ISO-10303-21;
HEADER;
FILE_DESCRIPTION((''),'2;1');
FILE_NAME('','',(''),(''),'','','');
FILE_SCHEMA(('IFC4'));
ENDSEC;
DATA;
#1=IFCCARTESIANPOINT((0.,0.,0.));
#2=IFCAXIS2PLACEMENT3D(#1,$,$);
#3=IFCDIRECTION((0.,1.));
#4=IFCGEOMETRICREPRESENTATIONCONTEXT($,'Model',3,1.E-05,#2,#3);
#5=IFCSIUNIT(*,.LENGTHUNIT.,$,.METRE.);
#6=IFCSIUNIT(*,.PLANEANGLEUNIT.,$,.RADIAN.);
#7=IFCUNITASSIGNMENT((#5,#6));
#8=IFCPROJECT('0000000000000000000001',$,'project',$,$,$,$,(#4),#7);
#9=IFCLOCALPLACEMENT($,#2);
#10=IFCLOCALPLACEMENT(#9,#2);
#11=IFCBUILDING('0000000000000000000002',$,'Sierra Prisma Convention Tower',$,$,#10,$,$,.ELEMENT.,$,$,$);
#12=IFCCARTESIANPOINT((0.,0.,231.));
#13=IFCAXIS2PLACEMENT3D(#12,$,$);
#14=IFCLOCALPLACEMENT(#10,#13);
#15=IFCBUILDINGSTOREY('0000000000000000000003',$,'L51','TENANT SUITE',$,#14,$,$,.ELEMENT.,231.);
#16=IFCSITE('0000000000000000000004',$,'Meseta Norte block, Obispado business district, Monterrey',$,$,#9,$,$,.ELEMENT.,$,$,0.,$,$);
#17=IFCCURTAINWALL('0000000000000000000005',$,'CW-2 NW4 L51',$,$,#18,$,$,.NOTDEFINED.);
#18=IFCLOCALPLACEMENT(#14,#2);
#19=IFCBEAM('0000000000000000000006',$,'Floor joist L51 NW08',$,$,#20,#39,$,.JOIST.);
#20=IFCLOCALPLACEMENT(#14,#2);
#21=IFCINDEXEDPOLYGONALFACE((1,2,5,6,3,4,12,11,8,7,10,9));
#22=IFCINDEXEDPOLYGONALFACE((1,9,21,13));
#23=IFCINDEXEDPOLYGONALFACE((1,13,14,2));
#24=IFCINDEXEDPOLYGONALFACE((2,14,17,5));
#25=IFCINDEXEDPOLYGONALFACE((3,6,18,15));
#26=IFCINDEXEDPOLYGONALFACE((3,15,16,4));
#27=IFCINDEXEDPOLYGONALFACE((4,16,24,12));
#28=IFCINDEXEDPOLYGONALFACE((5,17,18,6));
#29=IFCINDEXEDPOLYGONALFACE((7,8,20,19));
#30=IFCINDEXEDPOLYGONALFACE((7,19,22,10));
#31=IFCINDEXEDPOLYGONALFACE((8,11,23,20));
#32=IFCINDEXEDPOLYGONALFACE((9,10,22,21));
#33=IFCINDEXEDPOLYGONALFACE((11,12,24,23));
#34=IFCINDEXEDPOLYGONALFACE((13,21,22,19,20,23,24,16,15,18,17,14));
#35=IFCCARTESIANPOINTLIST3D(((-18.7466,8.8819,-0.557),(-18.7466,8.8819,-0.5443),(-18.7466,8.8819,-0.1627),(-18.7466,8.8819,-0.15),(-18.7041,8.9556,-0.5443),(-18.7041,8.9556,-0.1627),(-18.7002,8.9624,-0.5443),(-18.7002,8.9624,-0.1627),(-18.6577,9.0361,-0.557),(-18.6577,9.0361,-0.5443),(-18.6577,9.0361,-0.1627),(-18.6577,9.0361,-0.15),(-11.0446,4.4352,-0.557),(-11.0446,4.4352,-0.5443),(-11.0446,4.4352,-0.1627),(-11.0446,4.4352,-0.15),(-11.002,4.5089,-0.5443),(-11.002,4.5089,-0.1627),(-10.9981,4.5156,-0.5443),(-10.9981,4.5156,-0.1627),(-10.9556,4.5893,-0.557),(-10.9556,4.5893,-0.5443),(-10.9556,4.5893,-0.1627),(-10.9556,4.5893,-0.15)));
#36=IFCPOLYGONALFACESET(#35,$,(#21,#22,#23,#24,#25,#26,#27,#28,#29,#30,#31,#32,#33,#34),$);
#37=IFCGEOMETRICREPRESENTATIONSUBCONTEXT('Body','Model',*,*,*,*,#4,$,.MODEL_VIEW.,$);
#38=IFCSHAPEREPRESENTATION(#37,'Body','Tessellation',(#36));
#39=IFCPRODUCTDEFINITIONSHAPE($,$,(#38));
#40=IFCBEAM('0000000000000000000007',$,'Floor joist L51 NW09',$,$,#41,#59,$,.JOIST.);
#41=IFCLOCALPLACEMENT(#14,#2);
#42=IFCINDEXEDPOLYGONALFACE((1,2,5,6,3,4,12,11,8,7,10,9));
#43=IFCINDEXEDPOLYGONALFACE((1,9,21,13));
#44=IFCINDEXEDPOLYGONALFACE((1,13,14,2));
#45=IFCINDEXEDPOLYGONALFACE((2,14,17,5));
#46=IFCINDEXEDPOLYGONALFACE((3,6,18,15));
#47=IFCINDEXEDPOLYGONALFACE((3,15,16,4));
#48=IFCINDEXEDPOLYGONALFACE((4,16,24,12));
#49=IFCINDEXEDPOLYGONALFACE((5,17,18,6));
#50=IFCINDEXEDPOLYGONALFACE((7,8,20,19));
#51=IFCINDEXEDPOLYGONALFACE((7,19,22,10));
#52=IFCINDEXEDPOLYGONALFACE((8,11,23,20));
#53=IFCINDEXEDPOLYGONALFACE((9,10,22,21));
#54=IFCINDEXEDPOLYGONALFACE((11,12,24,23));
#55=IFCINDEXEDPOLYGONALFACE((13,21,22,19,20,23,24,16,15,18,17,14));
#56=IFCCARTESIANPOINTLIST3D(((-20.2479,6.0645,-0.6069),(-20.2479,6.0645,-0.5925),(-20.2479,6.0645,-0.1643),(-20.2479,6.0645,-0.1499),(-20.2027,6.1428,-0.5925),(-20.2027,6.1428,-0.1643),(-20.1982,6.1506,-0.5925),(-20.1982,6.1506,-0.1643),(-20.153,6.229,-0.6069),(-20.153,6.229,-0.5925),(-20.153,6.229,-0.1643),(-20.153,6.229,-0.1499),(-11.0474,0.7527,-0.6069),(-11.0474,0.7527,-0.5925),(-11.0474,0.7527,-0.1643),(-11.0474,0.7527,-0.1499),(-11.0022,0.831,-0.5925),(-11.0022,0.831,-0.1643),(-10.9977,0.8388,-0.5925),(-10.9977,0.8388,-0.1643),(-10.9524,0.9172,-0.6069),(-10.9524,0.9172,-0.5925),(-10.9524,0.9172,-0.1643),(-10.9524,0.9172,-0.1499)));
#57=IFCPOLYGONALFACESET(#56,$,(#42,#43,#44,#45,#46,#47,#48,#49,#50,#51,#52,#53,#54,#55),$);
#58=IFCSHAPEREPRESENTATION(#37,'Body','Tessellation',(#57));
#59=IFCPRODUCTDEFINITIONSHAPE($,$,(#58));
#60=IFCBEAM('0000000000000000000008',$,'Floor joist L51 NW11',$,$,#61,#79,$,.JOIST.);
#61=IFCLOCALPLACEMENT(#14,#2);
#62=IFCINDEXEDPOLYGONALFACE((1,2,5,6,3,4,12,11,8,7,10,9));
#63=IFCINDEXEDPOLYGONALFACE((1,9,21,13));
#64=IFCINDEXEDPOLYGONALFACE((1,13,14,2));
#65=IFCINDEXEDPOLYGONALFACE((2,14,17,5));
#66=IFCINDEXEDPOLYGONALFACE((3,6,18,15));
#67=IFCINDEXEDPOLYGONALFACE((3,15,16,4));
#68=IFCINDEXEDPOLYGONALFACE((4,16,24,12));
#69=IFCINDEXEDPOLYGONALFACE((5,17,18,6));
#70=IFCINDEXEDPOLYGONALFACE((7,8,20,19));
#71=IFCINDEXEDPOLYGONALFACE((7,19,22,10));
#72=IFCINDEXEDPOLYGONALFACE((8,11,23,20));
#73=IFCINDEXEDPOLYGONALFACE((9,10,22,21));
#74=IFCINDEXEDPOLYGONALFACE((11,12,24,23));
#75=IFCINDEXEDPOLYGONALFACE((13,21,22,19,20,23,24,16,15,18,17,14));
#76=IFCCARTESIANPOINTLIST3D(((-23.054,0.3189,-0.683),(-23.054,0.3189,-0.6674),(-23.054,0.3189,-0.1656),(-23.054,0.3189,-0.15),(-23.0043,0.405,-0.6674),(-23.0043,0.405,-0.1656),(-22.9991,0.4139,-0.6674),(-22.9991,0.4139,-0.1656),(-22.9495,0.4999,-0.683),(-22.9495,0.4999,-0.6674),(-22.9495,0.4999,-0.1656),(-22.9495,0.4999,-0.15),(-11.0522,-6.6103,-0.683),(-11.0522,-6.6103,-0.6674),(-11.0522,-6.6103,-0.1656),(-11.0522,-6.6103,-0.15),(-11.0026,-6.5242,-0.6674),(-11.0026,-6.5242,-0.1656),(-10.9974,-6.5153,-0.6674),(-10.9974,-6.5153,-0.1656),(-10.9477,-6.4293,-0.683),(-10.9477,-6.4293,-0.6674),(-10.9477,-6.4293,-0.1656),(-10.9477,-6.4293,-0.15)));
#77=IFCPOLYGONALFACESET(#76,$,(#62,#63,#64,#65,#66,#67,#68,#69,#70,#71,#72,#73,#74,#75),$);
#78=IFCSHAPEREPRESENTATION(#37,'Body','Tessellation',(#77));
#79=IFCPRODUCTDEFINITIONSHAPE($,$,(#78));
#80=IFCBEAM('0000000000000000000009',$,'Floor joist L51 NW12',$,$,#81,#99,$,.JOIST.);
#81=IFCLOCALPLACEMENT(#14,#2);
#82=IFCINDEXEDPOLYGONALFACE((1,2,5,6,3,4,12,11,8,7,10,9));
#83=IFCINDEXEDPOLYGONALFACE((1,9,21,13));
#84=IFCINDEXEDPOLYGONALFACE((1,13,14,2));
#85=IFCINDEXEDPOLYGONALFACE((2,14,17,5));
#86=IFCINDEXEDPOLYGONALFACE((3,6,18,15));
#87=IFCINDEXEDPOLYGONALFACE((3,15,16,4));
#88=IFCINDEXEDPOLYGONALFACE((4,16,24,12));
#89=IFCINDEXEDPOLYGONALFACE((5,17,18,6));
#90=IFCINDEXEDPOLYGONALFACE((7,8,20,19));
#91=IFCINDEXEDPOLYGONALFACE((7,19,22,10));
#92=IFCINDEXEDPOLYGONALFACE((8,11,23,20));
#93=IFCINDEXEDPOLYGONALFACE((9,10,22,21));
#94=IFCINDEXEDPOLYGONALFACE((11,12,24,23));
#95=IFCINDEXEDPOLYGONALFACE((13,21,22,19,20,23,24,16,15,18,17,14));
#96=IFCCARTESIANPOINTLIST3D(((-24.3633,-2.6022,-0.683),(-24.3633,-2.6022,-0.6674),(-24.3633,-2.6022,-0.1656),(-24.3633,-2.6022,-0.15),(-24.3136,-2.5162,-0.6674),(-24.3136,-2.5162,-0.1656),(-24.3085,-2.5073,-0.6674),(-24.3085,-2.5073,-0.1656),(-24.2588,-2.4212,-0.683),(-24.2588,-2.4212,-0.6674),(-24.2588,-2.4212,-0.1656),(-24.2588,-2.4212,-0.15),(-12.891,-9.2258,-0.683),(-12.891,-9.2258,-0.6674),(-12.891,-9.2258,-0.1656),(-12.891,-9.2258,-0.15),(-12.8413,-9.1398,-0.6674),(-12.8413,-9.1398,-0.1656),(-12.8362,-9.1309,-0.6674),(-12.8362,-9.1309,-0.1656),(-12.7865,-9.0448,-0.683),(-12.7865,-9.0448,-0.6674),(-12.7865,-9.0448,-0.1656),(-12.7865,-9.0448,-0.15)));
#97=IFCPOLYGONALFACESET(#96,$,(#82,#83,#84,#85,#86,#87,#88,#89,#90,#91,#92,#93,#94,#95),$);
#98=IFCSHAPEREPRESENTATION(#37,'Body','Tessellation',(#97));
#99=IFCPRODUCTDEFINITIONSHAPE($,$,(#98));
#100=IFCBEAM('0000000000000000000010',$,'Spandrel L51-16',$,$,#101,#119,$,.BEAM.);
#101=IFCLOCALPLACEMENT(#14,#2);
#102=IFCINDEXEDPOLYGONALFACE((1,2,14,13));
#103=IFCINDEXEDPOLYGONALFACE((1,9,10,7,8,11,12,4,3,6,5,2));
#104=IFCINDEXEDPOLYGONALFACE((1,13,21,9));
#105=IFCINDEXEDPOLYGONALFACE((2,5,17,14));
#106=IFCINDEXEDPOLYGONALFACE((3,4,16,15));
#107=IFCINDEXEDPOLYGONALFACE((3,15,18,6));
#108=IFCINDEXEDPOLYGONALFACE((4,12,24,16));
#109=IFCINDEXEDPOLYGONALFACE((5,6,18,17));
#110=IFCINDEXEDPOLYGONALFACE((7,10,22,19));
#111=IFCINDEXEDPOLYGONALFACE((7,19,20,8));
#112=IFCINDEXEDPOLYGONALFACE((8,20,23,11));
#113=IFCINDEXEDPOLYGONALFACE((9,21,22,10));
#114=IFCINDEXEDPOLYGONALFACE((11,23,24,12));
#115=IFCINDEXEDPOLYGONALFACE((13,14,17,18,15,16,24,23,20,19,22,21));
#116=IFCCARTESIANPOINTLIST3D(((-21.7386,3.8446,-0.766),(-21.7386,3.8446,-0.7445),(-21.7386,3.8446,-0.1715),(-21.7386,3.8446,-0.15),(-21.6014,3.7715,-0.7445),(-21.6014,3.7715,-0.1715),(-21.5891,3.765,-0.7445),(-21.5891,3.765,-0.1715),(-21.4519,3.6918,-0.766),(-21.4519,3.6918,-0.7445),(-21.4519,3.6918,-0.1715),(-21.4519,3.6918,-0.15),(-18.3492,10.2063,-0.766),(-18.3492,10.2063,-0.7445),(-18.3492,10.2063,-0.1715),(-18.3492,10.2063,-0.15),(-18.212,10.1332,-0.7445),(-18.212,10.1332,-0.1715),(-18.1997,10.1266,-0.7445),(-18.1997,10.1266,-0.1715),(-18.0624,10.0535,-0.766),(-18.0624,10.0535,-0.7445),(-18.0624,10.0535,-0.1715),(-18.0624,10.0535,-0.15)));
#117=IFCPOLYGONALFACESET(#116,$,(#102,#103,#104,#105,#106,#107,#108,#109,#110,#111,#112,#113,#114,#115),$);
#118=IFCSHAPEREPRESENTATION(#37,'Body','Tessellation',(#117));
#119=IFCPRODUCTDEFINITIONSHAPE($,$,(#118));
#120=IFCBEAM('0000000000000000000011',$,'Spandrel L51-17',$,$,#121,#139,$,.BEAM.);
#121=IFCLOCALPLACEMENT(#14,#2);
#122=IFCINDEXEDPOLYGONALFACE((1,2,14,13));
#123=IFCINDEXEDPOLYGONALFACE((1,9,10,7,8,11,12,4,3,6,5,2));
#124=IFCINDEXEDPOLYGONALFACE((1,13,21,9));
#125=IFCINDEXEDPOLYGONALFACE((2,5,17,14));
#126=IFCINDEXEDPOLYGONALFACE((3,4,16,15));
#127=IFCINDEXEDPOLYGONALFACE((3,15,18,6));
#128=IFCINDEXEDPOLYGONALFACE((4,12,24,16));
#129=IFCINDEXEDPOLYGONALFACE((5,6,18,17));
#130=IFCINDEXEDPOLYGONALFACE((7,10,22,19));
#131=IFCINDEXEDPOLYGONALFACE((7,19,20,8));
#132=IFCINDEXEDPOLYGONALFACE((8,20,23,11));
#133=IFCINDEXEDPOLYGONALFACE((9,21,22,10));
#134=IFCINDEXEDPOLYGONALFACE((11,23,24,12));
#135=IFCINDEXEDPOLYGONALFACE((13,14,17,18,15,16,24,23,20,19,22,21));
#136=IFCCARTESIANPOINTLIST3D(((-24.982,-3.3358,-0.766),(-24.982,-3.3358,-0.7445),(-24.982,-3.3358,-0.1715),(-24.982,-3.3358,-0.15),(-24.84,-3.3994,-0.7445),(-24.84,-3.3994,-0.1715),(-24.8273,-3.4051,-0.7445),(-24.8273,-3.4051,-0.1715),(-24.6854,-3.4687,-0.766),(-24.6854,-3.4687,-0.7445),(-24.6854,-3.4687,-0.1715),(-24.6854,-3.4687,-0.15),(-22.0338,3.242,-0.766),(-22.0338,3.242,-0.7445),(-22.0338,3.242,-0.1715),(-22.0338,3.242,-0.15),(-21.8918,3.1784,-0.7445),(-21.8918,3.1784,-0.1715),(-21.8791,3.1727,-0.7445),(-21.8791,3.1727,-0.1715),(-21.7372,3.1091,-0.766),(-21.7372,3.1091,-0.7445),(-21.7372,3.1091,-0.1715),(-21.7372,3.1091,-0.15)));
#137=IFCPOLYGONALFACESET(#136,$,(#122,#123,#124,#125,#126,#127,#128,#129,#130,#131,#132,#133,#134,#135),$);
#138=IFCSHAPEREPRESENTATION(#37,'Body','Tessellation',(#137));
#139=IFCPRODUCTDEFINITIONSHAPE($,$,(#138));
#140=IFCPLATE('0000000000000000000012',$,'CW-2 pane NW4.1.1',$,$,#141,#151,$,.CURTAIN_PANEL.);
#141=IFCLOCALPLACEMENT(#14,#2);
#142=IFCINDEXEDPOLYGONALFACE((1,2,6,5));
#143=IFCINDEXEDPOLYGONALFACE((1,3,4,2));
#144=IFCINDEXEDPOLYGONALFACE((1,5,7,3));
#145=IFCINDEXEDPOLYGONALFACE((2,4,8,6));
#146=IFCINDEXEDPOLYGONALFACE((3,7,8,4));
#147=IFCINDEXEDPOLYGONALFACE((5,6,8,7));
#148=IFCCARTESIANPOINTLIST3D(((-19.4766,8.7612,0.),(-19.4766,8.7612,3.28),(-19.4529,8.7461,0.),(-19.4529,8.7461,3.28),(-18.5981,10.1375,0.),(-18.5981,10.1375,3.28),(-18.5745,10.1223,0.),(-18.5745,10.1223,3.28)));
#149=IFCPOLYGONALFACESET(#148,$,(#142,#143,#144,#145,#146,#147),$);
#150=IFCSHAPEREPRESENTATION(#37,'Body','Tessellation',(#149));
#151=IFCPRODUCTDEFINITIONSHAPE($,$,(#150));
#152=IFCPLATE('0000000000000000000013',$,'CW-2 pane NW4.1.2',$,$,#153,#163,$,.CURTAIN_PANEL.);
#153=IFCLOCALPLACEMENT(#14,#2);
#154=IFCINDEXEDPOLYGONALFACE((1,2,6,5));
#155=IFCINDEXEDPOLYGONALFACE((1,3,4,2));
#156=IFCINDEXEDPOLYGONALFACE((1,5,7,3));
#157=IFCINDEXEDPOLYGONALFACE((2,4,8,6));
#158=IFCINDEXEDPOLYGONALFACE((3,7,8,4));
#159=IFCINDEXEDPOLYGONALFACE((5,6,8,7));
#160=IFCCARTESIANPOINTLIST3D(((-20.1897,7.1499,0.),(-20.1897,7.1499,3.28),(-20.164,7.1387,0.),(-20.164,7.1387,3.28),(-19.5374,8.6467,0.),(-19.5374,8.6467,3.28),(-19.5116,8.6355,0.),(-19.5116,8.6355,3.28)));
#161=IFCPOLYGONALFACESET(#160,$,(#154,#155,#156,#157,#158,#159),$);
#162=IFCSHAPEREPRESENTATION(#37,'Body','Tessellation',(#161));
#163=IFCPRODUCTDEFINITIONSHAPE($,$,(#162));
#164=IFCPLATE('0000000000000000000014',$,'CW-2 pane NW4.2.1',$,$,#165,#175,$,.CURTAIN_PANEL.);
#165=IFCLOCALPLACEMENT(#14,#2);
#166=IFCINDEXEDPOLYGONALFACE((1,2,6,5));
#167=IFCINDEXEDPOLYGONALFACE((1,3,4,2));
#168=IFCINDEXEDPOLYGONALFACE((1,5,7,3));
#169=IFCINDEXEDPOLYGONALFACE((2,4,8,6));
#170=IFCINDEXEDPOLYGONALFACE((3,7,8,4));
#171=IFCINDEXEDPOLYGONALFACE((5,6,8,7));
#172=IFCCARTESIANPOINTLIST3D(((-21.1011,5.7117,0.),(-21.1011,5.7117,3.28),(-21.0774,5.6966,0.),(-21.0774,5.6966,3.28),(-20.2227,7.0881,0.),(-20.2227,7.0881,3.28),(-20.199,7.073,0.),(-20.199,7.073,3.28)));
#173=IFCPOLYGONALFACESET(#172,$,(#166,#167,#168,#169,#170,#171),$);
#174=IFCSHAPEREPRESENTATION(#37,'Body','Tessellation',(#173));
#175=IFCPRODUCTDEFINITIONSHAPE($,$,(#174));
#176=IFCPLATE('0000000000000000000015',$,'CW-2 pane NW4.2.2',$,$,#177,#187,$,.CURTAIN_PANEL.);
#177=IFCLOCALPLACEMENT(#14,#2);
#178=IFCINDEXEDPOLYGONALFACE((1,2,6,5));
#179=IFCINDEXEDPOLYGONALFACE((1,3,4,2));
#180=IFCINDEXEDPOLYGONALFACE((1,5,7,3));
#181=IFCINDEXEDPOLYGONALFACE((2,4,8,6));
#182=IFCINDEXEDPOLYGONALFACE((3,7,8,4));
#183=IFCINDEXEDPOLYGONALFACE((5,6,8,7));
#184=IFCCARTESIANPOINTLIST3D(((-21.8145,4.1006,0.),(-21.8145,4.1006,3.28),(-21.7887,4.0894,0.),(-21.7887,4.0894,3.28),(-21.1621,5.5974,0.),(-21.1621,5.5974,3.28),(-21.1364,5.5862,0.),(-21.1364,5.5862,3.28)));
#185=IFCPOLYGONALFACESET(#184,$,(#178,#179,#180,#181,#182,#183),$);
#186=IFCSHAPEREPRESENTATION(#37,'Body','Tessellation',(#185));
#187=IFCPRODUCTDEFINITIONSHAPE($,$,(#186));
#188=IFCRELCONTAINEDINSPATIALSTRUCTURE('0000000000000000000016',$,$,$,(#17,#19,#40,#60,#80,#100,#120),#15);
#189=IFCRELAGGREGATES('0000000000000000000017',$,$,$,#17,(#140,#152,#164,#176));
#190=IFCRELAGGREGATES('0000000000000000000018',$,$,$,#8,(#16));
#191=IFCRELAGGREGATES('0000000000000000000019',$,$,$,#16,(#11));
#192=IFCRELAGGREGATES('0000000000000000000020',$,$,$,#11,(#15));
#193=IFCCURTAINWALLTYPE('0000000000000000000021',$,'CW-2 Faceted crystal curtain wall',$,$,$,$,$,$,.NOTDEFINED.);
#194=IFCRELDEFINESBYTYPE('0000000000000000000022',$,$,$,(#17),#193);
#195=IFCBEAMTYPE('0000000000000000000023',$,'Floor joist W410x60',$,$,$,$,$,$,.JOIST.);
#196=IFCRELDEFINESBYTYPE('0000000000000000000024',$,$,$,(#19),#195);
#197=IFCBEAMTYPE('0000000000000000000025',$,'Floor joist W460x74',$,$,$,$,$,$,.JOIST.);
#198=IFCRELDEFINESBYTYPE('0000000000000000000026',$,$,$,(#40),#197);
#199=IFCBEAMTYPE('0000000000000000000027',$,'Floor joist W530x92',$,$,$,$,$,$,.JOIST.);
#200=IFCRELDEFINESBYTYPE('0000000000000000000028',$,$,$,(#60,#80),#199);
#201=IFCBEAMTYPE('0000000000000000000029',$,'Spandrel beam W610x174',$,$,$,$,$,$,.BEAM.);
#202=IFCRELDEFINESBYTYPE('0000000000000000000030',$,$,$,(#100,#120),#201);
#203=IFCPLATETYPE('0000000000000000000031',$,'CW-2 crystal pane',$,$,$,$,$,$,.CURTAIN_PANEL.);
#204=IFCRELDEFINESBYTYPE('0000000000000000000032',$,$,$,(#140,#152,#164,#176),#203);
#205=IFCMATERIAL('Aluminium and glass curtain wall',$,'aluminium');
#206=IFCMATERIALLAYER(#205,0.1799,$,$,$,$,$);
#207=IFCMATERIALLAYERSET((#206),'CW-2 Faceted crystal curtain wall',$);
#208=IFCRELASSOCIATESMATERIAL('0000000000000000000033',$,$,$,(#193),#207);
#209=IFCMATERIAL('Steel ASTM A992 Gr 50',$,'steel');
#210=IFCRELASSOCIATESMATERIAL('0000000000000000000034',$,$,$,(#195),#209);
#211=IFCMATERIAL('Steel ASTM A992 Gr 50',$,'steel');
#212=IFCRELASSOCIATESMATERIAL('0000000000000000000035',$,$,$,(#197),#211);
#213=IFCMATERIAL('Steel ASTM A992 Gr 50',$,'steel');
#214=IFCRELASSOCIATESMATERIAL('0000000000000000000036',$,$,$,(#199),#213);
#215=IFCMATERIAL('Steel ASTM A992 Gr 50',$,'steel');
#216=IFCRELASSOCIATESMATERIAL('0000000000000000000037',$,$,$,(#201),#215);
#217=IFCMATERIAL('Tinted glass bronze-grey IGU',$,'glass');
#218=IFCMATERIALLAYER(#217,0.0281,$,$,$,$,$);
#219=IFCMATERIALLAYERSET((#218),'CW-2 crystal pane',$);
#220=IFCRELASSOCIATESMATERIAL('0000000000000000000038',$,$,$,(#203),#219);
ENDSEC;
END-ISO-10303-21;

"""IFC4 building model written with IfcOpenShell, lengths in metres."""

from ifc_helpers import new_model, si_unit, direction, frame, origin, origin_2d, place, context, subcontext, project, spatial, polyline, i_section, outline, extrude, material, layer, layer_set, material_profile, profile_set, type_object, element, aggregate, save


model = new_model("IFC4")

# Units and contexts
model_context = context("Model", 3, precision=1e-05, world=origin(), true_north=direction((0.0, 1.0)))
body_context = subcontext(model_context, "Body", "Model", "MODEL_VIEW")
ifc_project = project(units=[si_unit("LENGTHUNIT", "METRE"), si_unit("PLANEANGLEUNIT", "RADIAN")], contexts=[model_context])

# Site, building, storey
site_placement = place(None, origin())
site = spatial("IfcSite", under=ifc_project, at=site_placement, Name="Meseta Norte block, Obispado business district, Monterrey", CompositionType="ELEMENT", RefElevation=0.0)
building_placement = place(site_placement, origin())
building = spatial("IfcBuilding", under=site, at=building_placement, Name="Sierra Prisma Convention Tower", CompositionType="ELEMENT")
storey_placement = place(building_placement, frame((0.0, 0.0, 231.0)))
storey = spatial("IfcBuildingStorey", under=building, at=storey_placement, Name="L51", Description="TENANT SUITE", CompositionType="ELEMENT", Elevation=231.0)

# Curtain wall
ifc_material_1 = material(Name="Aluminium and glass curtain wall", Category="aluminium")
ifc_layer_1 = layer(ifc_material_1, 0.1799)
ifc_layer_set_1 = layer_set([ifc_layer_1], Name="CW-2 Faceted crystal curtain wall")
curtain_wall_type = type_object("IfcCurtainWallType", Name="CW-2 Faceted crystal curtain wall", PredefinedType="NOTDEFINED", material=ifc_layer_set_1)
curtain_wall_1_placement = place(storey_placement, origin())
curtain_wall_1 = element("IfcCurtainWall", 1, at=curtain_wall_1_placement, inside=storey, type_object=curtain_wall_type, Name="CW-2 NW4 L51", PredefinedType="NOTDEFINED")

# Beams
ifc_material_2 = material(Name="Steel ASTM A992 Gr 50", Category="steel")
ifc_material_profile_1 = material_profile(ifc_material_2, i_section(OverallWidth=0.178, OverallDepth=0.407, WebThickness=0.0078, FlangeThickness=0.0127, at=origin_2d()), Name="W410x60")
ifc_profile_set_1 = profile_set([ifc_material_profile_1], Name="Steel ASTM A992 Gr 50")
beam_type_1 = type_object("IfcBeamType", Name="Floor joist W410x60", PredefinedType="JOIST", material=ifc_profile_set_1)
beam_1_placement = place(storey_placement, frame((-18.7021, 8.959, -0.3535), z_axis=(0.866028, -0.499995, 0.0), x_axis=(0.499995, 0.866028, 0.0)))
element("IfcBeam", 2, at=beam_1_placement, inside=storey, type_object=beam_type_1, Name="Floor joist L51 NW08", PredefinedType="JOIST", context=body_context, shape_type="SweptSolid", body=[
    extrude(i_section(OverallWidth=0.178, OverallDepth=0.407, WebThickness=0.0078, FlangeThickness=0.0127, at=origin_2d()), origin(), (0.0, 0.0, 1.0), 8.8936),
])
ifc_material_3 = material(Name="Steel ASTM A992 Gr 50", Category="steel")
ifc_material_profile_2 = material_profile(ifc_material_3, i_section(OverallWidth=0.1899, OverallDepth=0.457, WebThickness=0.009, FlangeThickness=0.0144, at=origin_2d()), Name="W460x74")
ifc_profile_set_2 = profile_set([ifc_material_profile_2], Name="Steel ASTM A992 Gr 50")
beam_type_2 = type_object("IfcBeamType", Name="Floor joist W460x74", PredefinedType="JOIST", material=ifc_profile_set_2)
beam_2_placement = place(storey_placement, frame((-20.2004, 6.1467, -0.3784), z_axis=(0.86603, -0.499992, 0.0), x_axis=(0.499992, 0.86603, 0.0)))
element("IfcBeam", 3, at=beam_2_placement, inside=storey, type_object=beam_type_2, Name="Floor joist L51 NW09", PredefinedType="JOIST", context=body_context, shape_type="SweptSolid", body=[
    extrude(i_section(OverallWidth=0.1899, OverallDepth=0.457, WebThickness=0.009, FlangeThickness=0.0144, at=origin_2d()), origin(), (0.0, 0.0, 1.0), 10.6238),
])
ifc_material_4 = material(Name="Steel ASTM A992 Gr 50", Category="steel")
ifc_material_profile_3 = material_profile(ifc_material_4, i_section(OverallWidth=0.209, OverallDepth=0.533, WebThickness=0.0103, FlangeThickness=0.0156, at=origin_2d()), Name="W530x92")
ifc_profile_set_3 = profile_set([ifc_material_profile_3], Name="Steel ASTM A992 Gr 50")
beam_type_3 = type_object("IfcBeamType", Name="Floor joist W530x92", PredefinedType="JOIST", material=ifc_profile_set_3)
beam_3_placement = place(storey_placement, frame((-23.0017, 0.4094, -0.4165), z_axis=(0.866025, -0.500001, 0.0), x_axis=(0.500001, 0.866025, 0.0)))
element("IfcBeam", 4, at=beam_3_placement, inside=storey, type_object=beam_type_3, Name="Floor joist L51 NW11", PredefinedType="JOIST", context=body_context, shape_type="SweptSolid", body=[
    extrude(i_section(OverallWidth=0.209, OverallDepth=0.533, WebThickness=0.0103, FlangeThickness=0.0156, at=origin_2d()), origin(), (0.0, 0.0, 1.0), 13.8584),
])
beam_4_placement = place(storey_placement, frame((-24.311, -2.5117, -0.4165), z_axis=(0.866023, -0.500004, 0.0), x_axis=(0.500004, 0.866023, 0.0)))
element("IfcBeam", 5, at=beam_4_placement, inside=storey, type_object=beam_type_3, Name="Floor joist L51 NW12", PredefinedType="JOIST", context=body_context, shape_type="SweptSolid", body=[
    extrude(i_section(OverallWidth=0.209, OverallDepth=0.533, WebThickness=0.0103, FlangeThickness=0.0156, at=origin_2d()), origin(), (0.0, 0.0, 1.0), 13.2471),
])
ifc_material_5 = material(Name="Steel ASTM A992 Gr 50", Category="steel")
ifc_material_profile_4 = material_profile(ifc_material_5, i_section(OverallWidth=0.325, OverallDepth=0.616, WebThickness=0.0139, FlangeThickness=0.0215, at=origin_2d()), Name="W610x174")
ifc_profile_set_4 = profile_set([ifc_material_profile_4], Name="Steel ASTM A992 Gr 50")
beam_type_4 = type_object("IfcBeamType", Name="Spandrel beam W610x174", PredefinedType="BEAM", material=ifc_profile_set_4)
for number, where, z_axis, x_axis, name in (
    (6, (-18.2058, 10.1299, -0.458), (-0.470217, -0.882551, 0.0), (0.882551, -0.470217, 0.0), "Spandrel L51-16"),
    (7, (-21.8855, 3.1755, -0.458), (-0.409002, -0.912533, 0.0), (0.912533, -0.409002, 0.0), "Spandrel L51-17"),
):
    element("IfcBeam", number, at=place(storey_placement, frame(where, z_axis=z_axis, x_axis=x_axis)), inside=storey, type_object=beam_type_4, Name=name, PredefinedType="BEAM", context=body_context, shape_type="SweptSolid", body=[
        extrude(i_section(OverallWidth=0.325, OverallDepth=0.616, WebThickness=0.0139, FlangeThickness=0.0215, at=origin_2d()), origin(), (0.0, 0.0, 1.0), 7.2083),
    ])

# Plates
ifc_material_6 = material(Name="Tinted glass bronze-grey IGU", Category="glass")
ifc_layer_2 = layer(ifc_material_6, 0.0281)
ifc_layer_set_2 = layer_set([ifc_layer_2], Name="CW-2 crystal pane")
plate_type = type_object("IfcPlateType", Name="CW-2 crystal pane", PredefinedType="CURTAIN_PANEL", material=ifc_layer_set_2)
plate_1_placement = place(storey_placement, frame((-18.5981, 10.1375, 0.0), z_axis=(-0.842928, 0.538026, 0.0), x_axis=(-0.538026, -0.842928, 0.0)))
plate_1 = element("IfcPlate", 8, at=plate_1_placement, type_object=plate_type, Name="CW-2 pane NW4.1.1", PredefinedType="CURTAIN_PANEL", context=body_context, shape_type="SweptSolid", body=[
    extrude(outline(polyline([(0.0, 0.0), (1.6327, 0.0), (1.6327, 3.28), (0.0, 3.28), (0.0, 0.0)])), origin(), (0.0, 0.0, -1.0), 0.0281),
])
plate_2_placement = place(storey_placement, frame((-20.1897, 7.1499, 0.0), z_axis=(-0.916723, 0.399524, 0.0), x_axis=(0.399524, 0.916723, 0.0)))
plate_2 = element("IfcPlate", 9, at=plate_2_placement, type_object=plate_type, Name="CW-2 pane NW4.1.2", PredefinedType="CURTAIN_PANEL", context=body_context, shape_type="SweptSolid", body=[
    extrude(outline(polyline([(0.0, 0.0), (1.6328, 0.0), (1.6328, -3.28), (0.0, -3.28), (0.0, 0.0)])), origin(), (0.0, 0.0, -1.0), 0.0281),
])
plate_3_placement = place(storey_placement, frame((-20.2227, 7.0881, 0.0), z_axis=(-0.842971, 0.537959, 0.0), x_axis=(-0.537959, -0.842971, 0.0)))
plate_3 = element("IfcPlate", 10, at=plate_3_placement, type_object=plate_type, Name="CW-2 pane NW4.2.1", PredefinedType="CURTAIN_PANEL", context=body_context, shape_type="SweptSolid", body=[
    extrude(outline(polyline([(0.0, 0.0), (1.6329, 0.0), (1.6329, 3.28), (0.0, 3.28), (0.0, 0.0)])), origin(), (0.0, 0.0, -1.0), 0.0281),
])
plate_4_placement = place(storey_placement, frame((-21.8145, 4.1006, 0.0), z_axis=(-0.916723, 0.399524, 0.0), x_axis=(0.399524, 0.916723, 0.0)))
plate_4 = element("IfcPlate", 11, at=plate_4_placement, type_object=plate_type, Name="CW-2 pane NW4.2.2", PredefinedType="CURTAIN_PANEL", context=body_context, shape_type="SweptSolid", body=[
    extrude(outline(polyline([(0.0, 0.0), (1.6328, 0.0), (1.6328, -3.28), (0.0, -3.28), (0.0, 0.0)])), origin(), (0.0, 0.0, -1.0), 0.0281),
])
aggregate(curtain_wall_1, [plate_1, plate_2, plate_3, plate_4])

save(model, "model.ifc")
